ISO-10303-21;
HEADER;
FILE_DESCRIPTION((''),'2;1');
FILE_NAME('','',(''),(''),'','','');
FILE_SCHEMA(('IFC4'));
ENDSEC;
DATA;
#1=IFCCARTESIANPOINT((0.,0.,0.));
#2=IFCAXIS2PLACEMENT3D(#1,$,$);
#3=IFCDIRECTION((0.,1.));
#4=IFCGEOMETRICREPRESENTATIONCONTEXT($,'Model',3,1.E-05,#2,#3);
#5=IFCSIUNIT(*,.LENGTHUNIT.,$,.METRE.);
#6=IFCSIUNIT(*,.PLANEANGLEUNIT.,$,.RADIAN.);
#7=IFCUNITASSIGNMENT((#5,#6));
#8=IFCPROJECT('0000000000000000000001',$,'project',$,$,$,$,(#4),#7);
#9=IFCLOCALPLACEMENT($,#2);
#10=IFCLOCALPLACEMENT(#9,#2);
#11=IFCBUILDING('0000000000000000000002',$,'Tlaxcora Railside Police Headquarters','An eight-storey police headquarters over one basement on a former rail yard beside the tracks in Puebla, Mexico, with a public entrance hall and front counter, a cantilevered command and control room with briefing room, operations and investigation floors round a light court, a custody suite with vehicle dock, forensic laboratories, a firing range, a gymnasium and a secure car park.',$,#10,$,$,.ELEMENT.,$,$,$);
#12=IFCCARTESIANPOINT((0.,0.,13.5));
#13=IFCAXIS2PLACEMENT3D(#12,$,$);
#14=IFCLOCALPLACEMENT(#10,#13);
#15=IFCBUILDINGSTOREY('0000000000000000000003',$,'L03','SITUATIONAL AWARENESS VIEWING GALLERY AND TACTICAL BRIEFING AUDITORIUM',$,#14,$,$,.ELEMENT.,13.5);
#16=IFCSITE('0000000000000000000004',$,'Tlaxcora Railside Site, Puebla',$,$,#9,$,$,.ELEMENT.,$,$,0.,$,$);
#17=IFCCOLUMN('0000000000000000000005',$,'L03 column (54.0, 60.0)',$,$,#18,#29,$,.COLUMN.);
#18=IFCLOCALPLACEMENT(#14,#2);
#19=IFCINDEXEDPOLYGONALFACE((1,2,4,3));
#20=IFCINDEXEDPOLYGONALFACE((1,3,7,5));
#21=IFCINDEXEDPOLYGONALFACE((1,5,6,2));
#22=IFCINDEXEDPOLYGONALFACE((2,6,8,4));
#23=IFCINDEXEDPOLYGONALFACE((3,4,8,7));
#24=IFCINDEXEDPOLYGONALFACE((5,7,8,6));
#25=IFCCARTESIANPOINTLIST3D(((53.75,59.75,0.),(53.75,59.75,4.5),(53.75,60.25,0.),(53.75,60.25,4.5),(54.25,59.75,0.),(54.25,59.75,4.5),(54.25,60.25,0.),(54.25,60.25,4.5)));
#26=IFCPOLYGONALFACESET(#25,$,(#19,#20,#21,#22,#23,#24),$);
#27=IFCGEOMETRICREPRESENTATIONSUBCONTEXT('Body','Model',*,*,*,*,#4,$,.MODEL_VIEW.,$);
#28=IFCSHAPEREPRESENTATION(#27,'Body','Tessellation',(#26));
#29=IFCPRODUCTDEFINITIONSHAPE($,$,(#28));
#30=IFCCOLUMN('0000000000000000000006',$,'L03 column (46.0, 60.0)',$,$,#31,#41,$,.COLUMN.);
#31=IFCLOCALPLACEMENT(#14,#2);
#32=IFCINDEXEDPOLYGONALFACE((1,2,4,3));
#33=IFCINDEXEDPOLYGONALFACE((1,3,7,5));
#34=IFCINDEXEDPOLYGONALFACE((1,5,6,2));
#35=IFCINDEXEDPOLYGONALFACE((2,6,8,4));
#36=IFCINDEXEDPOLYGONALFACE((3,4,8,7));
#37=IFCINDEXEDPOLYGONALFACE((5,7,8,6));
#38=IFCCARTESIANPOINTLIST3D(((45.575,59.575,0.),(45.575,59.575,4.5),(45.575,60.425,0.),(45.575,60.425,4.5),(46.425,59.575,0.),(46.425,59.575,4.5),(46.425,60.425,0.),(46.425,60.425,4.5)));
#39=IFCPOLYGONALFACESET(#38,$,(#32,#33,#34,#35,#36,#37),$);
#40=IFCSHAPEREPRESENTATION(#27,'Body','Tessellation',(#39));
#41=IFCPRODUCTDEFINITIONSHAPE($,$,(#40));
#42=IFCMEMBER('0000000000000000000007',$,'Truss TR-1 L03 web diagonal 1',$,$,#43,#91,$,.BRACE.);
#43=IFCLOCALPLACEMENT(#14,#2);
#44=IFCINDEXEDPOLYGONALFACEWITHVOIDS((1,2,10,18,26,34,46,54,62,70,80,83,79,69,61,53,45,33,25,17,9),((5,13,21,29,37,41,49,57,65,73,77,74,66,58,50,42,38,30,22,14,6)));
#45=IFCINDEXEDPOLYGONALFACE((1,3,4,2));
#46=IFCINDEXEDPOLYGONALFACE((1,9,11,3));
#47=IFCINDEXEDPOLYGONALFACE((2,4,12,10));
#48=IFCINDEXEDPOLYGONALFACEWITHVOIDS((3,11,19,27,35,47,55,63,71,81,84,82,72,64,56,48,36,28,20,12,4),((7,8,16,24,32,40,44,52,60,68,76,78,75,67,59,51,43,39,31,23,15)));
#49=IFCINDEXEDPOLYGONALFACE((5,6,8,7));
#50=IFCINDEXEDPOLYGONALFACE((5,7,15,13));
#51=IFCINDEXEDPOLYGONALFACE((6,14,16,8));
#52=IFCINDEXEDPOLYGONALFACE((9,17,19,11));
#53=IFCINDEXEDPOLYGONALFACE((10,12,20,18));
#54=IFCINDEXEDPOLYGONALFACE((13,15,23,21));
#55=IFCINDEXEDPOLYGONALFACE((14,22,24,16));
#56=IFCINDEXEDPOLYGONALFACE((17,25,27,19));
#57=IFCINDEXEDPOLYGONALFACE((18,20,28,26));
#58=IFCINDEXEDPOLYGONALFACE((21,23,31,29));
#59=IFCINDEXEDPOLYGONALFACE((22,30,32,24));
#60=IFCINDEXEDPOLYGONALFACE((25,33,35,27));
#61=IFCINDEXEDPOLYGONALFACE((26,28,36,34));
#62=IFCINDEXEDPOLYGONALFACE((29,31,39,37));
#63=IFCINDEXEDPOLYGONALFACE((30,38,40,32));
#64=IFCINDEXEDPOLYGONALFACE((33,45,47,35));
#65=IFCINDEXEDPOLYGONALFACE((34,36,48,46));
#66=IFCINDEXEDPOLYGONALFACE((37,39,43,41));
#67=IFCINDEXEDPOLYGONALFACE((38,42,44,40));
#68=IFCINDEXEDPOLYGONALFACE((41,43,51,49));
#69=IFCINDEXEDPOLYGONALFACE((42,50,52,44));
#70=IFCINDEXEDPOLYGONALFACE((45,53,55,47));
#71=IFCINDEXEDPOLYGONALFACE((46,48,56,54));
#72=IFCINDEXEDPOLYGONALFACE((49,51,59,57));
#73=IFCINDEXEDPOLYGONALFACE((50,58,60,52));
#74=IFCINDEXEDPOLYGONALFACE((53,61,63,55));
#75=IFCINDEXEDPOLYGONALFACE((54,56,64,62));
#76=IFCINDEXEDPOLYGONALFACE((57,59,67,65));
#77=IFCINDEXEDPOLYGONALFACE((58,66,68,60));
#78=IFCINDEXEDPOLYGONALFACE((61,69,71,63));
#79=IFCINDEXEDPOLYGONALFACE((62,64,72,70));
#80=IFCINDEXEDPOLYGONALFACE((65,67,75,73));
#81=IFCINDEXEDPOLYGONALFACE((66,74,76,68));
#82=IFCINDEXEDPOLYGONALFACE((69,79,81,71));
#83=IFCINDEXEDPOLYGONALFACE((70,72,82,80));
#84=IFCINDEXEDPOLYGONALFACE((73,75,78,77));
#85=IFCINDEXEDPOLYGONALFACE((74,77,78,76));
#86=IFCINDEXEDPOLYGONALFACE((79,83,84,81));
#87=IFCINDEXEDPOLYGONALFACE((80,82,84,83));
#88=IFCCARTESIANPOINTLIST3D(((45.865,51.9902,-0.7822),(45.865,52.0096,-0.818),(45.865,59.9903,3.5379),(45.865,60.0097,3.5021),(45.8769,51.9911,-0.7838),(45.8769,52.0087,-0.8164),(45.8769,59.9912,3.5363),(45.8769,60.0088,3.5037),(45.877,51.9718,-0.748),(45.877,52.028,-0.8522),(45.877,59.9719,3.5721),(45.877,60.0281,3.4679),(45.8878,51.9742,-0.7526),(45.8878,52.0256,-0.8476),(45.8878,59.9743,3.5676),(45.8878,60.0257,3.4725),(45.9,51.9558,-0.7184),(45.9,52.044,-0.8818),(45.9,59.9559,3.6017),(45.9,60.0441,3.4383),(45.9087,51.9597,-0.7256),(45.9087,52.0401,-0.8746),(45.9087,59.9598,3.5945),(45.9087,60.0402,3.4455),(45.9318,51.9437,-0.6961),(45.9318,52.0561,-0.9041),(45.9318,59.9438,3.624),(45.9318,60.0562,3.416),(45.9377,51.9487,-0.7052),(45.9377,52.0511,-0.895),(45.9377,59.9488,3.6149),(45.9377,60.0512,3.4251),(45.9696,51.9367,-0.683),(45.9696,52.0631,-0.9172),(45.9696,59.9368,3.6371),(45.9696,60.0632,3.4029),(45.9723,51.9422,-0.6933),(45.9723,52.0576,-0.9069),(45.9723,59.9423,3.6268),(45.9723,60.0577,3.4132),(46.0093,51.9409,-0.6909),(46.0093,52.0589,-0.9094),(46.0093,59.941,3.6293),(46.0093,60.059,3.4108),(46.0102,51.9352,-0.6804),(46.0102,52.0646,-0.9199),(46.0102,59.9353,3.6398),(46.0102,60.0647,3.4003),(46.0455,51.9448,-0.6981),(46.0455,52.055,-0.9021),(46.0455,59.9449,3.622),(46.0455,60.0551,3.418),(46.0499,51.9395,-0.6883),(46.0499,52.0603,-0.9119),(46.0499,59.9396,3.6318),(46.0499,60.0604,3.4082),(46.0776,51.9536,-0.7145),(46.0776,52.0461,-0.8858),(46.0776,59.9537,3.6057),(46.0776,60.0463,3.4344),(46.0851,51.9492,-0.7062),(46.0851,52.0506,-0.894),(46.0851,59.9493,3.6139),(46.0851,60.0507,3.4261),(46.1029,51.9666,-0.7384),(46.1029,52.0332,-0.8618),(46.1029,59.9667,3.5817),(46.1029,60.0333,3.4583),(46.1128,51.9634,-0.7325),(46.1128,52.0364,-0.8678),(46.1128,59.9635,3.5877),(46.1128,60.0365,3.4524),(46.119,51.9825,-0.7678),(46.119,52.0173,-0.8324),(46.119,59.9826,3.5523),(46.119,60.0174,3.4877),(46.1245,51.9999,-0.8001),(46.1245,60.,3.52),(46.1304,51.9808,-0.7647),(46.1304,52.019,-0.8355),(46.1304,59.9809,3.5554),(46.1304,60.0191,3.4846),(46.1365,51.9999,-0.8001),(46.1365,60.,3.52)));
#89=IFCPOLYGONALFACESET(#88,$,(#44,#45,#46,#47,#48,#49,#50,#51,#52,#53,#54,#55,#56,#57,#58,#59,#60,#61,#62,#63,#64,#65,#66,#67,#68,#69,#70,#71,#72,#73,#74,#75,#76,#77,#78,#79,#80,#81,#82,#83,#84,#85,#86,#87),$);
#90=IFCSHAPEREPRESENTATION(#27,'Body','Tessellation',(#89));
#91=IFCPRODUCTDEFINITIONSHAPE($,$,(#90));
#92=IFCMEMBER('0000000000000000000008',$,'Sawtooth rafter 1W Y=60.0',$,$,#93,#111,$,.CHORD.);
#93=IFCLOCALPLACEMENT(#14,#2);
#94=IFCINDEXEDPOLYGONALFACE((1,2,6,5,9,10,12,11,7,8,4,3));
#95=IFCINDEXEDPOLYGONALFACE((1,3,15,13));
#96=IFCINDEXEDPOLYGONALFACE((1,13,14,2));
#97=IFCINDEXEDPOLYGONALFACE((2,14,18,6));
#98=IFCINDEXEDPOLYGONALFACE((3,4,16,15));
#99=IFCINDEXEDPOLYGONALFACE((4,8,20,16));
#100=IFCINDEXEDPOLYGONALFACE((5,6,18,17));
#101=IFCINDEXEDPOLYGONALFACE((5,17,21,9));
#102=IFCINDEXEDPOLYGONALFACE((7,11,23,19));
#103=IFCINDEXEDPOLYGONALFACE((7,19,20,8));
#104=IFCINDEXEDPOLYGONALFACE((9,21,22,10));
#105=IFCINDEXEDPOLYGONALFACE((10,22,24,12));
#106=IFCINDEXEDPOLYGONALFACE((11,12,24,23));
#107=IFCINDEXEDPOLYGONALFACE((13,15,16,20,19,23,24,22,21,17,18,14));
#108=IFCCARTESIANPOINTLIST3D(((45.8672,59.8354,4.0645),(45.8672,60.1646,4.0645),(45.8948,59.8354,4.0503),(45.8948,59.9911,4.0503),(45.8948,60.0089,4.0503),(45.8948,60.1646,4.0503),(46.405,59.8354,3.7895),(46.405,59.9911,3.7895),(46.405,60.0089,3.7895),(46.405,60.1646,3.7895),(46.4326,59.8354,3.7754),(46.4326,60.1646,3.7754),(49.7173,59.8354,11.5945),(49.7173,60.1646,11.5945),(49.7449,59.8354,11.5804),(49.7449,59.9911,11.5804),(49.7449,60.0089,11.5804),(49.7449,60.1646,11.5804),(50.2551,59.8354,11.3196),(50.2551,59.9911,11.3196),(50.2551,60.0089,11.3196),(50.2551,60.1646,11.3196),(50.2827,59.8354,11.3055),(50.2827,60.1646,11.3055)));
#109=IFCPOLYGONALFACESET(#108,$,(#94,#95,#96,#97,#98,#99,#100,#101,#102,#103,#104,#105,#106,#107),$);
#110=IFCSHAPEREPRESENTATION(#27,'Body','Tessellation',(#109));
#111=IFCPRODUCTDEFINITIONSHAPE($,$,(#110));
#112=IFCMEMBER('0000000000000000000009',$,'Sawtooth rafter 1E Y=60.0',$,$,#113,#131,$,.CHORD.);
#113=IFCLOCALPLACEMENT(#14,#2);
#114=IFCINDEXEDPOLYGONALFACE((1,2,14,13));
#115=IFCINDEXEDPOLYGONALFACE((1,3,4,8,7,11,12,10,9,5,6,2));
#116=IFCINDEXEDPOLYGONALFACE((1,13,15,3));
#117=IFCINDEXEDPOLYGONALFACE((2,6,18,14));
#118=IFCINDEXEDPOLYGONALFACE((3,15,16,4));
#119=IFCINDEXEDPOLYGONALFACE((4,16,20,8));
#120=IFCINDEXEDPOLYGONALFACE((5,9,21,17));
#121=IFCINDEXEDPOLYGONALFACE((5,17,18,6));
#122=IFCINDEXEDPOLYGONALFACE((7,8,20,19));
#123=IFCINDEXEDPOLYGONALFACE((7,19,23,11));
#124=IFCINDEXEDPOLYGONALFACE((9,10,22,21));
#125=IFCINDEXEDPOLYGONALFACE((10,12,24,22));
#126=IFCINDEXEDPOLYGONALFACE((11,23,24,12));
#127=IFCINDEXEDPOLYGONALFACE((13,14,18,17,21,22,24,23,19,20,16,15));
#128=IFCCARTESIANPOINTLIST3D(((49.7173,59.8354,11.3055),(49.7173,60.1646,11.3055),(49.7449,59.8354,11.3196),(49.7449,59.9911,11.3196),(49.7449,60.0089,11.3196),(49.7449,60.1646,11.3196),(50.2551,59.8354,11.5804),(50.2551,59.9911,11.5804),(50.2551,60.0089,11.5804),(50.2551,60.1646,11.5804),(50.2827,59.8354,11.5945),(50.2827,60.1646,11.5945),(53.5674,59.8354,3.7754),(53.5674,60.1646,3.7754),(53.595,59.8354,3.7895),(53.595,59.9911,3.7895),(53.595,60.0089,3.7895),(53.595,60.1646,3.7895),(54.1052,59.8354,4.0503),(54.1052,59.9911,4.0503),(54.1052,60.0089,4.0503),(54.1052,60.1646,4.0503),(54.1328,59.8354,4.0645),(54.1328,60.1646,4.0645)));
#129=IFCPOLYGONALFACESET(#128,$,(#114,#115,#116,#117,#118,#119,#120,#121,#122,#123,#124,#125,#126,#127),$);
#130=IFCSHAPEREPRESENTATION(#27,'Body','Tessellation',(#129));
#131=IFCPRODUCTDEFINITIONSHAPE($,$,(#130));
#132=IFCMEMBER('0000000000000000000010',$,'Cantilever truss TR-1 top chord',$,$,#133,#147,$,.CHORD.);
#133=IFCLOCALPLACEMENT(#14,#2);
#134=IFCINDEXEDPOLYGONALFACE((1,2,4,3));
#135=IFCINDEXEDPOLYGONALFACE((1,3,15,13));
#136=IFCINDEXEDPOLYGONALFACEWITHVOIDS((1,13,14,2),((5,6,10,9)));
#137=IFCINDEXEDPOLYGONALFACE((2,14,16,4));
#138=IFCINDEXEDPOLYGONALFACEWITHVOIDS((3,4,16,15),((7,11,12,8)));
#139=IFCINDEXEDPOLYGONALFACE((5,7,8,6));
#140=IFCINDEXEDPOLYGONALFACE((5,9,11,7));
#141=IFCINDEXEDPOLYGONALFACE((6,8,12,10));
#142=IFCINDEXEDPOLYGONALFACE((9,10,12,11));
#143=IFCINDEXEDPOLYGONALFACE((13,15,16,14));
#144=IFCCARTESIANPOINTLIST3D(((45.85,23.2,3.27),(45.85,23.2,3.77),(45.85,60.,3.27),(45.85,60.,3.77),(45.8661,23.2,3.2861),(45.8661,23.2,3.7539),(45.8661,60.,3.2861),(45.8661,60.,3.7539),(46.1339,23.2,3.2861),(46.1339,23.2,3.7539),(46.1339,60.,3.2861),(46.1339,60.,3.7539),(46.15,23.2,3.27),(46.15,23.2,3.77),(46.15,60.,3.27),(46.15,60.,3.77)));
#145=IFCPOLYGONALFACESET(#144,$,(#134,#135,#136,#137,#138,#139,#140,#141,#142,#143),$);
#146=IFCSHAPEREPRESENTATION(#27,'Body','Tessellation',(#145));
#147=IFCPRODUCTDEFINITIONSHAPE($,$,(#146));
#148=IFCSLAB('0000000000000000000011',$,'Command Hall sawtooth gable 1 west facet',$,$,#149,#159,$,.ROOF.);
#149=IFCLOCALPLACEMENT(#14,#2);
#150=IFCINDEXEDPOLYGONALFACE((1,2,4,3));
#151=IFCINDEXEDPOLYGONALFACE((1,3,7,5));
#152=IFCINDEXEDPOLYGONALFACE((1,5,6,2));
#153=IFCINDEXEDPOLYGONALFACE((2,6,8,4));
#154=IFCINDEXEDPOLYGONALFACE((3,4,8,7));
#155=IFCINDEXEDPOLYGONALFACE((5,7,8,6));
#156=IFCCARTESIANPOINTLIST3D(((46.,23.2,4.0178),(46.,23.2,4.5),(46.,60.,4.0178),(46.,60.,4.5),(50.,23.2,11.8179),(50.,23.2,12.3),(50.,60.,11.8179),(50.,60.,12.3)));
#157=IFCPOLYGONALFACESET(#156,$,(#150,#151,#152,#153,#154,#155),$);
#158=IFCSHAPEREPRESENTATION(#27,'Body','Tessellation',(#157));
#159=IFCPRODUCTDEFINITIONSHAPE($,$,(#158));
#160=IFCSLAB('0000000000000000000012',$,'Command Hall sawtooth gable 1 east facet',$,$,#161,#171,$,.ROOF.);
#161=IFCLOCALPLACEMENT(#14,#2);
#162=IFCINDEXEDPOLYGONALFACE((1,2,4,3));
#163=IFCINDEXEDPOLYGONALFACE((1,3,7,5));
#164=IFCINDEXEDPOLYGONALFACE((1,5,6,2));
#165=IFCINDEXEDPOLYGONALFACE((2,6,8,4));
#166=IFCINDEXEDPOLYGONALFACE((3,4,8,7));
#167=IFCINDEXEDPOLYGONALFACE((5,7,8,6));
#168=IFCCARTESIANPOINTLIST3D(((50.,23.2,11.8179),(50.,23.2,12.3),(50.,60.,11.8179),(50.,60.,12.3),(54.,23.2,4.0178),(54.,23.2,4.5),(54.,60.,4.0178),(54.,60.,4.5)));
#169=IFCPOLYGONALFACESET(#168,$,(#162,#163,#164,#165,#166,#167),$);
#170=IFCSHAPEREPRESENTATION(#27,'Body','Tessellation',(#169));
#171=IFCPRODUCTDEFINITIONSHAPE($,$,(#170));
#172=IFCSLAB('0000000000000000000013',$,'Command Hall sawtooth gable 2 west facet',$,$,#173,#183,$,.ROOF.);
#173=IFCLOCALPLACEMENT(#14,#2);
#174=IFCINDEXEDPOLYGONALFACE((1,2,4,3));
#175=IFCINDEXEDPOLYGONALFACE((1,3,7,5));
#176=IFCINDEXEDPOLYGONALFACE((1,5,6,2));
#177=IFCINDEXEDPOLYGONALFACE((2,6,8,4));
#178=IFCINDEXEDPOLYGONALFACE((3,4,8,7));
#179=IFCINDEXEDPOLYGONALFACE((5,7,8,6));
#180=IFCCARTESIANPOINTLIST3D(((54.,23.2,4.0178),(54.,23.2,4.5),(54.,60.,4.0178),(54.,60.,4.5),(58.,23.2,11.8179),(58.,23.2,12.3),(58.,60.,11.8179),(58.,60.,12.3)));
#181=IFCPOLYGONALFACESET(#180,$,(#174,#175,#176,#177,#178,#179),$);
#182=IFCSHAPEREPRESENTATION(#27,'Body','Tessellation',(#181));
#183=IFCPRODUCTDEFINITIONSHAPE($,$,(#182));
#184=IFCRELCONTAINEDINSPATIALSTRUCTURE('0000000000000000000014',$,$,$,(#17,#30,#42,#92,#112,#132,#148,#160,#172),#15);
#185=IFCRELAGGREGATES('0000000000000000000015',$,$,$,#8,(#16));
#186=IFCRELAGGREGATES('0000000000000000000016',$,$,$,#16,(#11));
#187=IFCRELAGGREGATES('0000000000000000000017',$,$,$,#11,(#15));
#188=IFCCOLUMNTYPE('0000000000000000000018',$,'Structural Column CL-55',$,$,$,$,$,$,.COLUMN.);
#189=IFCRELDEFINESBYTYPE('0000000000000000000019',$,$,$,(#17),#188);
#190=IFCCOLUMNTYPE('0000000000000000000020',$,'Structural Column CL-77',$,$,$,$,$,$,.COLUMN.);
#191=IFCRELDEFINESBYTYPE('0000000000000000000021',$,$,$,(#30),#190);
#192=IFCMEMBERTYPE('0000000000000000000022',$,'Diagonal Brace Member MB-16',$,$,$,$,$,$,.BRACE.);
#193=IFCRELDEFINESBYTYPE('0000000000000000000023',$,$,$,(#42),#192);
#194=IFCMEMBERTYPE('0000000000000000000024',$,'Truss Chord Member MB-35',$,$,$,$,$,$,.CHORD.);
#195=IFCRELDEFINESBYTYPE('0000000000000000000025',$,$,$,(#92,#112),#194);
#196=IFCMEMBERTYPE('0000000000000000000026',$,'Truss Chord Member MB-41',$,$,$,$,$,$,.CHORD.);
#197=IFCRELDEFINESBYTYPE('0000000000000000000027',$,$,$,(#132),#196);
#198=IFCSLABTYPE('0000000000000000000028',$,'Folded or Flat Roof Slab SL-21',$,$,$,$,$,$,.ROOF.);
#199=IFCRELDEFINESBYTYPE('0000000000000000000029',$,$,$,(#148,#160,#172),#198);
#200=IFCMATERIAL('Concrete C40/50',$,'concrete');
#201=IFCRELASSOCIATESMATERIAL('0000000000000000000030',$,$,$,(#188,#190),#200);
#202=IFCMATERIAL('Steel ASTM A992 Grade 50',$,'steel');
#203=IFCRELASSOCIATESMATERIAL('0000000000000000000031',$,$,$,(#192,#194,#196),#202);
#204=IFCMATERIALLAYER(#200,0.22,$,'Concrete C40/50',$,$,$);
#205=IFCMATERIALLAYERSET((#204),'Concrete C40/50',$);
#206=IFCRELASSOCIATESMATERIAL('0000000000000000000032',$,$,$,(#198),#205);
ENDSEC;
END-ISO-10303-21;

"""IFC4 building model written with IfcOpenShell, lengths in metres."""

from ifc_helpers import new_model, si_unit, direction, frame, origin, origin_2d, place, context, subcontext, project, spatial, polyline, rectangle, hollow_rectangle, hollow_circle, i_section, outline, extrude, material, layer, layer_set, material_profile, profile_set, type_object, element, save


model = new_model("IFC4")

# Units and contexts
model_context = context("Model", 3, precision=1e-05, world=origin(), true_north=direction((0.0, 1.0)))
body_context = subcontext(model_context, "Body", "Model", "MODEL_VIEW")
ifc_project = project(units=[si_unit("LENGTHUNIT", "METRE"), si_unit("PLANEANGLEUNIT", "RADIAN")], contexts=[model_context])

# Site, building, storey
site_placement = place(None, origin())
site = spatial("IfcSite", under=ifc_project, at=site_placement, Name="Tlaxcora Railside Site, Puebla", CompositionType="ELEMENT", RefElevation=0.0)
building_placement = place(site_placement, origin())
building = spatial("IfcBuilding", under=site, at=building_placement, Name="Tlaxcora Railside Police Headquarters", Description="An eight-storey police headquarters over one basement on a former rail yard beside the tracks in Puebla, Mexico, with a public entrance hall and front counter, a cantilevered command and control room with briefing room, operations and investigation floors round a light court, a custody suite with vehicle dock, forensic laboratories, a firing range, a gymnasium and a secure car park.", CompositionType="ELEMENT")
storey_placement = place(building_placement, frame((0.0, 0.0, 13.5)))
storey = spatial("IfcBuildingStorey", under=building, at=storey_placement, Name="L03", Description="SITUATIONAL AWARENESS VIEWING GALLERY AND TACTICAL BRIEFING AUDITORIUM", CompositionType="ELEMENT", Elevation=13.5)

# Columns
ifc_material_1 = material(Name="Concrete C40/50", Category="concrete")
ifc_material_profile_1 = material_profile(ifc_material_1, rectangle(XDim=0.5, YDim=0.5, at=origin_2d()), Name="RC500X500")
ifc_profile_set_1 = profile_set([ifc_material_profile_1], Name="Concrete C40/50")
column_type_1 = type_object("IfcColumnType", Name="Structural Column CL-55", PredefinedType="COLUMN", material=ifc_profile_set_1)
column_1_placement = place(storey_placement, frame((54.0, 60.0, 0.0), z_axis=(0.0, 0.0, 1.0), x_axis=(1.0, 0.0, 0.0)))
element("IfcColumn", 1, at=column_1_placement, inside=storey, type_object=column_type_1, Name="L03 column (54.0, 60.0)", PredefinedType="COLUMN", context=body_context, shape_type="SweptSolid", body=[
    extrude(rectangle(XDim=0.5, YDim=0.5, at=origin_2d()), origin(), (0.0, 0.0, 1.0), 4.5),
])
ifc_material_profile_2 = material_profile(ifc_material_1, rectangle(XDim=0.8501, YDim=0.8501, at=origin_2d()), Name="RC850X850")
ifc_profile_set_2 = profile_set([ifc_material_profile_2], Name="Concrete C40/50")
column_type_2 = type_object("IfcColumnType", Name="Structural Column CL-77", PredefinedType="COLUMN", material=ifc_profile_set_2)
column_2_placement = place(storey_placement, frame((46.0, 60.0, 0.0), z_axis=(0.0, 0.0, 1.0), x_axis=(1.0, 0.0, 0.0)))
element("IfcColumn", 2, at=column_2_placement, inside=storey, type_object=column_type_2, Name="L03 column (46.0, 60.0)", PredefinedType="COLUMN", context=body_context, shape_type="SweptSolid", body=[
    extrude(rectangle(XDim=0.8501, YDim=0.8501, at=origin_2d()), origin(), (0.0, 0.0, 1.0), 4.5),
])

# Members
ifc_material_2 = material(Name="Steel ASTM A992 Grade 50", Category="steel")
ifc_material_profile_3 = material_profile(ifc_material_2, hollow_circle(Radius=0.1365, WallThickness=0.012, at=origin_2d()), Name="CHS273X12")
ifc_profile_set_3 = profile_set([ifc_material_profile_3], Name="Steel ASTM A992 Grade 50")
member_type_1 = type_object("IfcMemberType", Name="Diagonal Brace Member MB-16", PredefinedType="BRACE", material=ifc_profile_set_3)
member_1_placement = place(storey_placement, frame((46.0, 60.0, 3.52), z_axis=(0.0, -0.879902, -0.475155), x_axis=(1.0, 0.0, 0.0)))
element("IfcMember", 3, at=member_1_placement, inside=storey, type_object=member_type_1, Name="Truss TR-1 L03 web diagonal 1", PredefinedType="BRACE", context=body_context, shape_type="SweptSolid", body=[
    extrude(hollow_circle(Radius=0.1365, WallThickness=0.012, at=origin_2d()), origin(), (0.0, 0.0, 1.0), 9.092),
])
ifc_material_profile_4 = material_profile(ifc_material_2, i_section(OverallWidth=0.3291, OverallDepth=0.635, WebThickness=0.0178, FlangeThickness=0.031, at=origin_2d()), Name="W24X162")
ifc_profile_set_4 = profile_set([ifc_material_profile_4], Name="Steel ASTM A992 Grade 50")
member_type_2 = type_object("IfcMemberType", Name="Truss Chord Member MB-35", PredefinedType="CHORD", material=ifc_profile_set_4)
for number, where, z_axis, x_axis, name in (
    (4, (46.1499, 60.0, 3.9199), (0.455244, 0.0, 0.890367), (0.0, 1.0, 0.0), "Sawtooth rafter 1W Y=60.0"),
    (5, (53.8501, 60.0, 3.9199), (-0.455244, 0.0, 0.890367), (0.0, -1.0, 0.0), "Sawtooth rafter 1E Y=60.0"),
):
    element("IfcMember", number, at=place(storey_placement, frame(where, z_axis=z_axis, x_axis=x_axis)), inside=storey, type_object=member_type_2, Name=name, PredefinedType="CHORD", context=body_context, shape_type="SweptSolid", body=[
        extrude(i_section(OverallWidth=0.3291, OverallDepth=0.635, WebThickness=0.0178, FlangeThickness=0.031, at=origin_2d()), origin(), (0.0, 0.0, 1.0), 8.4573),
    ])
ifc_material_profile_5 = material_profile(ifc_material_2, hollow_rectangle(XDim=0.3, YDim=0.5, WallThickness=0.0161, at=origin_2d()), Name="HSS500X300X16")
ifc_profile_set_5 = profile_set([ifc_material_profile_5], Name="Steel ASTM A992 Grade 50")
member_type_3 = type_object("IfcMemberType", Name="Truss Chord Member MB-41", PredefinedType="CHORD", material=ifc_profile_set_5)
member_2_placement = place(storey_placement, frame((46.0, 60.0, 3.52), z_axis=(0.0, -1.0, 0.0), x_axis=(1.0, 0.0, 0.0)))
element("IfcMember", 6, at=member_2_placement, inside=storey, type_object=member_type_3, Name="Cantilever truss TR-1 top chord", PredefinedType="CHORD", context=body_context, shape_type="SweptSolid", body=[
    extrude(hollow_rectangle(XDim=0.3, YDim=0.5, WallThickness=0.0161, at=origin_2d()), origin(), (0.0, 0.0, 1.0), 36.8),
])

# Slabs
ifc_layer_1 = layer(ifc_material_1, 0.22, Name="Concrete C40/50")
ifc_layer_set_1 = layer_set([ifc_layer_1], Name="Concrete C40/50")
slab_type = type_object("IfcSlabType", Name="Folded or Flat Roof Slab SL-21", PredefinedType="ROOF", material=ifc_layer_set_1)
slab_1_placement = place(storey_placement, frame((46.0, 60.0, 0.0), z_axis=(0.0, -1.0, 0.0), x_axis=(1.0, 0.0, 0.0)))
element("IfcSlab", 7, at=slab_1_placement, inside=storey, type_object=slab_type, Name="Command Hall sawtooth gable 1 west facet", PredefinedType="ROOF", context=body_context, shape_type="SweptSolid", body=[
    extrude(outline(polyline([(0.0, 4.0178), (4.0, 11.8179), (4.0, 12.3), (0.0, 4.5), (0.0, 4.0178)])), origin(), (0.0, 0.0, 1.0), 36.8),
])
slab_2_placement = place(storey_placement, frame((50.0, 60.0, 0.0), z_axis=(0.0, -1.0, 0.0), x_axis=(1.0, 0.0, 0.0)))
element("IfcSlab", 8, at=slab_2_placement, inside=storey, type_object=slab_type, Name="Command Hall sawtooth gable 1 east facet", PredefinedType="ROOF", context=body_context, shape_type="SweptSolid", body=[
    extrude(outline(polyline([(0.0, 11.8179), (4.0, 4.0178), (4.0, 4.5), (0.0, 12.3), (0.0, 11.8179)])), origin(), (0.0, 0.0, 1.0), 36.8),
])
slab_3_placement = place(storey_placement, frame((54.0, 60.0, 0.0), z_axis=(0.0, -1.0, 0.0), x_axis=(1.0, 0.0, 0.0)))
element("IfcSlab", 9, at=slab_3_placement, inside=storey, type_object=slab_type, Name="Command Hall sawtooth gable 2 west facet", PredefinedType="ROOF", context=body_context, shape_type="SweptSolid", body=[
    extrude(outline(polyline([(0.0, 4.0178), (4.0, 11.8179), (4.0, 12.3), (0.0, 4.5), (0.0, 4.0178)])), origin(), (0.0, 0.0, 1.0), 36.8),
])

save(model, "model.ifc")
